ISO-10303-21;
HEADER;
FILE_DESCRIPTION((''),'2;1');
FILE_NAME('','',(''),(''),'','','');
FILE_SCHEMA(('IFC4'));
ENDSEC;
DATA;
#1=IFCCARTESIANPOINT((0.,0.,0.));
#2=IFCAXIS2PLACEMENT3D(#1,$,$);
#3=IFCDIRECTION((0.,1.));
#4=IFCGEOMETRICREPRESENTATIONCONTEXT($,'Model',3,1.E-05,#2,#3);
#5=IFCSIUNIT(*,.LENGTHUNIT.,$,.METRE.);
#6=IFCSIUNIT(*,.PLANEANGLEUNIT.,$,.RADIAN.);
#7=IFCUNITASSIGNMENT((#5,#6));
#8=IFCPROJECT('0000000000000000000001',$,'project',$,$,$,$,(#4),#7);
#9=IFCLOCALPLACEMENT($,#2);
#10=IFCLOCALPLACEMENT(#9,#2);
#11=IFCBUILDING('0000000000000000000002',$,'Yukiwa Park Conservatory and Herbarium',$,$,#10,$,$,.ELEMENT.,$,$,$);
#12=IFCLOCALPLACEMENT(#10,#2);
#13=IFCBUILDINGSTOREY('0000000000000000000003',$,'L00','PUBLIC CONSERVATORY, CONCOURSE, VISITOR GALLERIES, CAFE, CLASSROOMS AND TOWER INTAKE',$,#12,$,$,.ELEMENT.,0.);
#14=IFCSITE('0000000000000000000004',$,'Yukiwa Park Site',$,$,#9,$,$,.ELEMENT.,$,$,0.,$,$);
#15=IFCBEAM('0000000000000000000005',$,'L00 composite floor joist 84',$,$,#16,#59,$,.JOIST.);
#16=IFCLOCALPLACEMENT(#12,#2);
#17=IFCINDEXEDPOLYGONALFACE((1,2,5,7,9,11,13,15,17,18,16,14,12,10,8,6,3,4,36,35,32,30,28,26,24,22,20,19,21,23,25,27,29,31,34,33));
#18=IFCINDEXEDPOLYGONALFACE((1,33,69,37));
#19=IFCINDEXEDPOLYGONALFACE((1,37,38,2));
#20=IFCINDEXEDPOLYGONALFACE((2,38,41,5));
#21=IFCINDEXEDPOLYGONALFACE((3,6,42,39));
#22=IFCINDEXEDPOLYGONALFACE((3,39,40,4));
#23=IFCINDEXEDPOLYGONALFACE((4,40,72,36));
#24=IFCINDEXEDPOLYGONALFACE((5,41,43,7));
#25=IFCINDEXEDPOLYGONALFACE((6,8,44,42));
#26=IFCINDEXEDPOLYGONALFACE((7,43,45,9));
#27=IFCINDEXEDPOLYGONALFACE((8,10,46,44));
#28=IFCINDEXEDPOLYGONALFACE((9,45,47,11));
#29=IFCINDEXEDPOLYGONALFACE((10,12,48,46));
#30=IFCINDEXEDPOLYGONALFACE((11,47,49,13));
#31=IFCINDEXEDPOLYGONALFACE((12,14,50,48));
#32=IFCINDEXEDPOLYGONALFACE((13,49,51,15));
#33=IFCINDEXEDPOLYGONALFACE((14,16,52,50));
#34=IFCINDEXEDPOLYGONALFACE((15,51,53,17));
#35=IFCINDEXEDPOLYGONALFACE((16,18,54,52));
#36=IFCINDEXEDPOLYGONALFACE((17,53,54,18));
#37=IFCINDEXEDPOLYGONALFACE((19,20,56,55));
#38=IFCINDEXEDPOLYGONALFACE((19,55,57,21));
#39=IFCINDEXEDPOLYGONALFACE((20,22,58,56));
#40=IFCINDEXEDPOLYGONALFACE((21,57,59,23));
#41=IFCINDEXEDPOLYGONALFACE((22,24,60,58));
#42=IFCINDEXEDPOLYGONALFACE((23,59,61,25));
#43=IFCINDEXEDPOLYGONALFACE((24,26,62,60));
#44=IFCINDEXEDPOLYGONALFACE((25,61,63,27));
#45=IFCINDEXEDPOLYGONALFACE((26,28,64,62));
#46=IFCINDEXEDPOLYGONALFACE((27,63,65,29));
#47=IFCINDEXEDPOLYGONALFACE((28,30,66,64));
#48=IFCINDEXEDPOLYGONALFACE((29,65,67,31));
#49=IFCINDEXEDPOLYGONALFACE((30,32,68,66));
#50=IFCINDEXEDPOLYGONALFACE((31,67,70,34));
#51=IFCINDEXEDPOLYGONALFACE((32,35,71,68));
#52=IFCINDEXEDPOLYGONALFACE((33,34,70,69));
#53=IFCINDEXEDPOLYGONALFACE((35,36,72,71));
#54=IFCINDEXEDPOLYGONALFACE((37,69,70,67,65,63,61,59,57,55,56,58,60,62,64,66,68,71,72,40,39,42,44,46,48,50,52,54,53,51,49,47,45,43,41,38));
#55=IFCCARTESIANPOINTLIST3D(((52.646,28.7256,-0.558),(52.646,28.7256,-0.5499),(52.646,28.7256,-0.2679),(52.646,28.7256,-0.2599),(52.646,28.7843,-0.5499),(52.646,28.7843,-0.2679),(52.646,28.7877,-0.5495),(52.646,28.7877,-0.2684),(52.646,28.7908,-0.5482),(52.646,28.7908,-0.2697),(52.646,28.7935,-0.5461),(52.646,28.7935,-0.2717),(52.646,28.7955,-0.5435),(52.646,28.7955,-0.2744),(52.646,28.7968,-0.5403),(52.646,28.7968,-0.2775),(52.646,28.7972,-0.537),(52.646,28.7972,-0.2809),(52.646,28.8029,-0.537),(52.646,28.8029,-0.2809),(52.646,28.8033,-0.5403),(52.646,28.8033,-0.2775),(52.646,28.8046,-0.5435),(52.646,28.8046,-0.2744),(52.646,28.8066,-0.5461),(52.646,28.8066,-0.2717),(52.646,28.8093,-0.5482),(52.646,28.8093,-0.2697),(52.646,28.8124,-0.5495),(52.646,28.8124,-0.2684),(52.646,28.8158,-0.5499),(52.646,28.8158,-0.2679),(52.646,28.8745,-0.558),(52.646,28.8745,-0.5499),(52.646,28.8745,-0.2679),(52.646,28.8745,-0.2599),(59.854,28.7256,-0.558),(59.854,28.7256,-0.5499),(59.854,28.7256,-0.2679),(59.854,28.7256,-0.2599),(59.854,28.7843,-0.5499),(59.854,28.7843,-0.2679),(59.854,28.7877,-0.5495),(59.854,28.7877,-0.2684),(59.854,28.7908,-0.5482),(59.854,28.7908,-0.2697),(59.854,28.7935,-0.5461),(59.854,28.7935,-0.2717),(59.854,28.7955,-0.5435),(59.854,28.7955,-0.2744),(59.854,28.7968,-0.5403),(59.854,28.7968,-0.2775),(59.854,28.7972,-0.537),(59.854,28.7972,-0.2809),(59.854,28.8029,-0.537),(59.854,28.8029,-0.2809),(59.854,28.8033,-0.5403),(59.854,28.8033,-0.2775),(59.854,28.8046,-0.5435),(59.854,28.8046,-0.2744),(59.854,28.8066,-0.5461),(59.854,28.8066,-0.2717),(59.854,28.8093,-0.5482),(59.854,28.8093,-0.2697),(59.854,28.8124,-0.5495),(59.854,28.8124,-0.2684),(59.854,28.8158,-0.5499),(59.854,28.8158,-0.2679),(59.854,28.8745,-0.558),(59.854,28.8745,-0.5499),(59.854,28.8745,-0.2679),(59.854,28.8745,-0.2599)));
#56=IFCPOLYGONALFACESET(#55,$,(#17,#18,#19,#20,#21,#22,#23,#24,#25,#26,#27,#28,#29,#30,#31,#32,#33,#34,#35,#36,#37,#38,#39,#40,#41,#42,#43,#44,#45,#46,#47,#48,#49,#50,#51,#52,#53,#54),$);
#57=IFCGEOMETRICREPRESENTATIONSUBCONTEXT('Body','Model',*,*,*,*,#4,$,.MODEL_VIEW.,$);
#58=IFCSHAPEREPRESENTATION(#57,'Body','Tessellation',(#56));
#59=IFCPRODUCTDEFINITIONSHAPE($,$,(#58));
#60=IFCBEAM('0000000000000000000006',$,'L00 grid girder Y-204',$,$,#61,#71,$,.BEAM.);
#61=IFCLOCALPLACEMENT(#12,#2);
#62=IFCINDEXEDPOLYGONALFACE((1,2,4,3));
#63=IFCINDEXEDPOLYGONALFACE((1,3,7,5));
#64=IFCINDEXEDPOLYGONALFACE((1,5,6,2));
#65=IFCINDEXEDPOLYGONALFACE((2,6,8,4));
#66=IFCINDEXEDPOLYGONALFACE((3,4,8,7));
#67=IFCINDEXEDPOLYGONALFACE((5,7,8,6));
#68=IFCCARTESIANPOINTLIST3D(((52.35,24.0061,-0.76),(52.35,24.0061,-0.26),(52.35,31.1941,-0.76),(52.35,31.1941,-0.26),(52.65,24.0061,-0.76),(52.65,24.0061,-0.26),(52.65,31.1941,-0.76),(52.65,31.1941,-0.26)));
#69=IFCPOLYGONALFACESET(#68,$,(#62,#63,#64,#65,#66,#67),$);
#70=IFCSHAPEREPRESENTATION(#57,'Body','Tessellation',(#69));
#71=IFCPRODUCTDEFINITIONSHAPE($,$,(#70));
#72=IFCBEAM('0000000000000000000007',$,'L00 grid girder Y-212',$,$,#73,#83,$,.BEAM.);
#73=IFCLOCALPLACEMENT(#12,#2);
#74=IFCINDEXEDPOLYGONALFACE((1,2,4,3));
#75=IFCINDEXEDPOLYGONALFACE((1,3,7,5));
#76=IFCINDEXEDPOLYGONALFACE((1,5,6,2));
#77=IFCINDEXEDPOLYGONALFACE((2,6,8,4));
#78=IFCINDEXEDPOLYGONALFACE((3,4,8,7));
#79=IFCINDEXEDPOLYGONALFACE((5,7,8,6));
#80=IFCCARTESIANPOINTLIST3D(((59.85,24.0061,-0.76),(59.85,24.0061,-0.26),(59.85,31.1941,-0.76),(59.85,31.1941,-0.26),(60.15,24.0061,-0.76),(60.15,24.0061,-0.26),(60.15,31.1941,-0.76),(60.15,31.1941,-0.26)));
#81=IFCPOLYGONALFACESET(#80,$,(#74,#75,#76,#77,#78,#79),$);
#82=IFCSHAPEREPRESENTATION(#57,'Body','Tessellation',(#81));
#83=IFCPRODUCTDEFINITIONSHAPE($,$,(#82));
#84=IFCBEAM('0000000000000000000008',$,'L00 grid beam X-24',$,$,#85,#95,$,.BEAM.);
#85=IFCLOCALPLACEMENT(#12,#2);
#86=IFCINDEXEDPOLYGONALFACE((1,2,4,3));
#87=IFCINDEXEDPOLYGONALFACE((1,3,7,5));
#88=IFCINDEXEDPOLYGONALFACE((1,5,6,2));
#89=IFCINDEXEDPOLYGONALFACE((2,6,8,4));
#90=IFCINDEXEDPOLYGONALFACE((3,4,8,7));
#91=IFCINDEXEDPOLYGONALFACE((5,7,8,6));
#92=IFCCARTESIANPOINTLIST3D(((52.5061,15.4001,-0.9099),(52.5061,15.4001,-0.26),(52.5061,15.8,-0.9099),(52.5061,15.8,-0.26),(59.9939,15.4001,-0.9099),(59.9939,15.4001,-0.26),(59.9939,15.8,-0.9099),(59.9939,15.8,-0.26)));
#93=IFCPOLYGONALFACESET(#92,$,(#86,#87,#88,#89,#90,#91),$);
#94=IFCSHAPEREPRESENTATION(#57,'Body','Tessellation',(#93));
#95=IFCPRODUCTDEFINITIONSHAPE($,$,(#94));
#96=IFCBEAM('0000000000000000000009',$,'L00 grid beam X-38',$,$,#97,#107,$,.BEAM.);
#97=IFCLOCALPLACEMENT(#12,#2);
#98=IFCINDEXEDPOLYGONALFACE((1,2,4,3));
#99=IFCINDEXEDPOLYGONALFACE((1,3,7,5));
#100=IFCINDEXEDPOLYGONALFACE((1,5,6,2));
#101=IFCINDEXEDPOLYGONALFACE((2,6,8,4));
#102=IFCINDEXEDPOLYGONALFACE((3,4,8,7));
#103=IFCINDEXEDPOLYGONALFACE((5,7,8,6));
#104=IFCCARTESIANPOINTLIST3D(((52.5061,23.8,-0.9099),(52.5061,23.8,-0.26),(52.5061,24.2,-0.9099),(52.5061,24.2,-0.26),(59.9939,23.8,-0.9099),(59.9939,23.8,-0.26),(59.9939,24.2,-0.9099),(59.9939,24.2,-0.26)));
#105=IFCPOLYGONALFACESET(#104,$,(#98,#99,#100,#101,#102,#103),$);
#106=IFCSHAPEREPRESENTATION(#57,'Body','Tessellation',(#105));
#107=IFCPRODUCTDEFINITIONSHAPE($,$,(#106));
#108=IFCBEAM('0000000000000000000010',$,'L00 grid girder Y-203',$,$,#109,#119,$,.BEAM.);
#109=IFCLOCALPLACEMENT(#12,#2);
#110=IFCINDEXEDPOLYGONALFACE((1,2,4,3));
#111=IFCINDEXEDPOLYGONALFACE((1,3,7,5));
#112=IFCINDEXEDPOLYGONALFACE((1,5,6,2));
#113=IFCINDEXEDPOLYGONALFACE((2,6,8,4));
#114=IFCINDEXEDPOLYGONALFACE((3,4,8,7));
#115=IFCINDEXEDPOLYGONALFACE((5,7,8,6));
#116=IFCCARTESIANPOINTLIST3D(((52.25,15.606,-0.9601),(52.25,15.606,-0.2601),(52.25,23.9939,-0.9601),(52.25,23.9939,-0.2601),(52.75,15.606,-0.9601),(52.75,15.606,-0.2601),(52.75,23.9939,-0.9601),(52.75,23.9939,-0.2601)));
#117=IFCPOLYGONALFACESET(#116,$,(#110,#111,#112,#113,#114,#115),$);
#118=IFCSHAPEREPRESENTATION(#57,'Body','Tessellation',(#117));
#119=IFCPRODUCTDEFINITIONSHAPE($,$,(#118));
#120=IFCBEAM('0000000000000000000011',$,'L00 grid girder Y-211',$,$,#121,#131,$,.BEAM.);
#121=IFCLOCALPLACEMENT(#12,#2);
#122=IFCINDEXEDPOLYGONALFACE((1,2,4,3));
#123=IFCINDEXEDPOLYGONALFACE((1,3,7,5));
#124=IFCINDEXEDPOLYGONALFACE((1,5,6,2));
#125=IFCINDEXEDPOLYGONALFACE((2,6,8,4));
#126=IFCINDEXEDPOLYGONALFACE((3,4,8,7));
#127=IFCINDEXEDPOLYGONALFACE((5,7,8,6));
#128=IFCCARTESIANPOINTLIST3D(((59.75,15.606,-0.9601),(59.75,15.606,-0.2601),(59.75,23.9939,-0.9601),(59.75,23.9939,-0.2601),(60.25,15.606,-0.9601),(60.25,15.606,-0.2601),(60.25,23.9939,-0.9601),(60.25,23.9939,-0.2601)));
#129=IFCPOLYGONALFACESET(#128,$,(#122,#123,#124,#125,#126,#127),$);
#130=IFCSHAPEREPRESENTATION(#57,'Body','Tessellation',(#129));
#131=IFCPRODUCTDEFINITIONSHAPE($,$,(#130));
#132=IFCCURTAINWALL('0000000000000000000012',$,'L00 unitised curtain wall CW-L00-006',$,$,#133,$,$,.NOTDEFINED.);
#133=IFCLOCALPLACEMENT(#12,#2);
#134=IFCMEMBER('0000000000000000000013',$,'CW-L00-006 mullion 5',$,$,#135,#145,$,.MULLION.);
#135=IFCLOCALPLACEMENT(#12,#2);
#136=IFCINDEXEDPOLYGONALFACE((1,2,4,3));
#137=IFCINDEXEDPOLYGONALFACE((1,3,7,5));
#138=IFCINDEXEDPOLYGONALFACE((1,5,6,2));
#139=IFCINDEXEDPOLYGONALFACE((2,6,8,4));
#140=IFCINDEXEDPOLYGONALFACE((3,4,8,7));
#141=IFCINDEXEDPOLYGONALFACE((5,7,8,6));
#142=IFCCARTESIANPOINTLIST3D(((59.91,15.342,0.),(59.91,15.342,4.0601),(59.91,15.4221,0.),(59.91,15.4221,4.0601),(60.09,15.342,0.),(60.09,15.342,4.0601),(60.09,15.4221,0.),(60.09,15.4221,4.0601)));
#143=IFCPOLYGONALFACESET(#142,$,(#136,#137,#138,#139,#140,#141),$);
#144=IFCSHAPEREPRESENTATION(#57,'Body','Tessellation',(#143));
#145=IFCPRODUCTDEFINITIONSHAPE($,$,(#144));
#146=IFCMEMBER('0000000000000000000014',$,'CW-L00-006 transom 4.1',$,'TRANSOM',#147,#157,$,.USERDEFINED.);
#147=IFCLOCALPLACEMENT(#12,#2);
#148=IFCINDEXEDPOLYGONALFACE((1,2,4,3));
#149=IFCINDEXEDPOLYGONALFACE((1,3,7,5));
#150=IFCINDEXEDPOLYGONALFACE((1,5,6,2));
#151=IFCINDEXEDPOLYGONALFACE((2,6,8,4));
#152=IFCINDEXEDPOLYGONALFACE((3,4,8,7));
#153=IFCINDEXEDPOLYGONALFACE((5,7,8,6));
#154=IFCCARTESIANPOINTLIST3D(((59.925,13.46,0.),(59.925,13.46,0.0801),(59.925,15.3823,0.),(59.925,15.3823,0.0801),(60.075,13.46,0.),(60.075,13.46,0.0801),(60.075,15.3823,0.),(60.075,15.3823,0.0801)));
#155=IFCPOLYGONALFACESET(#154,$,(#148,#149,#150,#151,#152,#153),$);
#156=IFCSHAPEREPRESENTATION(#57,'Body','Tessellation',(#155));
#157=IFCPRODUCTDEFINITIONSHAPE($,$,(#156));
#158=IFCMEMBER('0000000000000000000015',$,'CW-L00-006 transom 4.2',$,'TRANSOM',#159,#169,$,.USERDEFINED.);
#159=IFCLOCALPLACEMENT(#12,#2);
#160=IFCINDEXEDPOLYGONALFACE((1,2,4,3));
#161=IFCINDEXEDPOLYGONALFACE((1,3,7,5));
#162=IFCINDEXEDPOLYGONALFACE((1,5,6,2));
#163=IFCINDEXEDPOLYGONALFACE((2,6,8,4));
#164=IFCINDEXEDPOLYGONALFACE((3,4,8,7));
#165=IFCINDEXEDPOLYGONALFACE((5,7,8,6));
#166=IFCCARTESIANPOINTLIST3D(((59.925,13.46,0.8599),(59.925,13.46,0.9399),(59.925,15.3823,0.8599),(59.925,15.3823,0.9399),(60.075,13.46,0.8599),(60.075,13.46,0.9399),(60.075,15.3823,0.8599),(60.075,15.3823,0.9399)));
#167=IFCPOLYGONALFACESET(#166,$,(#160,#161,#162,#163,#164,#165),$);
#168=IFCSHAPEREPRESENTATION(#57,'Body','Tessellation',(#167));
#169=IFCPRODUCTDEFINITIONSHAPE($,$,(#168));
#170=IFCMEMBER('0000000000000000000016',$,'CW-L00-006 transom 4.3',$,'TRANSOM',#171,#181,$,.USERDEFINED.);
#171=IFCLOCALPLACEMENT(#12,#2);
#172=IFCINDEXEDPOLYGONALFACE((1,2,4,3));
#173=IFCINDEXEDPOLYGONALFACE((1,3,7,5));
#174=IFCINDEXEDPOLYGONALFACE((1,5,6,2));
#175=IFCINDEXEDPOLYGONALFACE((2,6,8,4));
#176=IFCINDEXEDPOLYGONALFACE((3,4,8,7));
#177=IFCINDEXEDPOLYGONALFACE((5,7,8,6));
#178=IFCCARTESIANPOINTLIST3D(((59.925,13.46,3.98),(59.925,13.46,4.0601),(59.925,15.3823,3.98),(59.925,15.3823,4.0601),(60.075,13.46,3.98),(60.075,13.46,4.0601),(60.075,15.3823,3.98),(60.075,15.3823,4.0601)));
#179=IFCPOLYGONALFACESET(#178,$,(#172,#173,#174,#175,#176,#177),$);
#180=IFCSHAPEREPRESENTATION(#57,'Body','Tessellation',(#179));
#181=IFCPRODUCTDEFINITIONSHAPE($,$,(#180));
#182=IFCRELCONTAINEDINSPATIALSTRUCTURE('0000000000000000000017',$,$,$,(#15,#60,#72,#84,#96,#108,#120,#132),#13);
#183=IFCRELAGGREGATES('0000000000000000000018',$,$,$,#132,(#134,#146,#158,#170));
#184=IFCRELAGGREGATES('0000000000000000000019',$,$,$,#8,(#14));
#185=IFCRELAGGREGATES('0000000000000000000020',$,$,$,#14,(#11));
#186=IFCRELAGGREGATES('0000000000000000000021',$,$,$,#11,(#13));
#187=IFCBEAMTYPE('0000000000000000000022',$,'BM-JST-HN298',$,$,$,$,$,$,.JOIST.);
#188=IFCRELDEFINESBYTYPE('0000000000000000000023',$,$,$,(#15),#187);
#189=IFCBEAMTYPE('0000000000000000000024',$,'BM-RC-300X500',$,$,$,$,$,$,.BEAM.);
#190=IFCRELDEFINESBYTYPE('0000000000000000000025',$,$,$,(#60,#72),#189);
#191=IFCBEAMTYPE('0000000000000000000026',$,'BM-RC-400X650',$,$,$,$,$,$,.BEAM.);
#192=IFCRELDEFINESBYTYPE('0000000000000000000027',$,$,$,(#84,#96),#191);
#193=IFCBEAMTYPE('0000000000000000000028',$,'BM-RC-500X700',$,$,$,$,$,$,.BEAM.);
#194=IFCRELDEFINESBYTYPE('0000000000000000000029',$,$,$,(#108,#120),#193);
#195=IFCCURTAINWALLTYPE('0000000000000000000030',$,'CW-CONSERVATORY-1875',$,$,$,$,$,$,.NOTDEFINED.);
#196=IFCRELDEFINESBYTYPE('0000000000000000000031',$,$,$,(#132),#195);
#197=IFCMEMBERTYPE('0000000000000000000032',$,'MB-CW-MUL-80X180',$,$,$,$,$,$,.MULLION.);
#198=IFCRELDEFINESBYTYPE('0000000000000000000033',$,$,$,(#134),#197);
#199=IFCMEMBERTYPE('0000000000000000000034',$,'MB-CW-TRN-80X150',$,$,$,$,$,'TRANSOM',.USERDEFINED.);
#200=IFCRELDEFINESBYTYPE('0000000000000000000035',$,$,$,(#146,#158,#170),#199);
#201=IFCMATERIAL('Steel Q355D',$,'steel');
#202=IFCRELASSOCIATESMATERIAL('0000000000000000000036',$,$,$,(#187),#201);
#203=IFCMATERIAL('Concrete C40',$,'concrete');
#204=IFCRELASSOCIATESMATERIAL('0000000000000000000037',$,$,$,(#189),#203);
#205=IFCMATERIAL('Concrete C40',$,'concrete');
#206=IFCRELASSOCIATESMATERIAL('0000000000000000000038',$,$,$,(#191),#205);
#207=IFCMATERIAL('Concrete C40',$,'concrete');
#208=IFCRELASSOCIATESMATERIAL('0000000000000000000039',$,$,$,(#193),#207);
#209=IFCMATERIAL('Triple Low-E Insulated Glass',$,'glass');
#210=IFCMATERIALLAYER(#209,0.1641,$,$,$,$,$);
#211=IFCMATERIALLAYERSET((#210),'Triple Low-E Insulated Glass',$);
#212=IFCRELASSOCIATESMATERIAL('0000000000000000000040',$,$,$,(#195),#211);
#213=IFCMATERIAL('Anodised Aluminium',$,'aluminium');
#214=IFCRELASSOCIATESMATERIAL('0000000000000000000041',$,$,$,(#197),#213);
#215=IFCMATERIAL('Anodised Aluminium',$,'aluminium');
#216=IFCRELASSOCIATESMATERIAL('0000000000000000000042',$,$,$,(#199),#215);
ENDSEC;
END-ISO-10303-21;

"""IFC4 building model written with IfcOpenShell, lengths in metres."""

from ifc_helpers import new_model, si_unit, direction, frame, origin, origin_2d, place, context, subcontext, project, spatial, rectangle, i_section, extrude, material, layer, layer_set, material_profile, profile_set, type_object, element, aggregate, save


model = new_model("IFC4")

# Units and contexts
model_context = context("Model", 3, precision=1e-05, world=origin(), true_north=direction((0.0, 1.0)))
body_context = subcontext(model_context, "Body", "Model", "MODEL_VIEW")
ifc_project = project(units=[si_unit("LENGTHUNIT", "METRE"), si_unit("PLANEANGLEUNIT", "RADIAN")], contexts=[model_context])

# Site, building, storey
site_placement = place(None, origin())
site = spatial("IfcSite", under=ifc_project, at=site_placement, Name="Yukiwa Park Site", CompositionType="ELEMENT", RefElevation=0.0)
building_placement = place(site_placement, origin())
building = spatial("IfcBuilding", under=site, at=building_placement, Name="Yukiwa Park Conservatory and Herbarium", CompositionType="ELEMENT")
storey_placement = place(building_placement, origin())
storey = spatial("IfcBuildingStorey", under=building, at=storey_placement, Name="L00", Description="PUBLIC CONSERVATORY, CONCOURSE, VISITOR GALLERIES, CAFE, CLASSROOMS AND TOWER INTAKE", CompositionType="ELEMENT", Elevation=0.0)

# Beams
ifc_material_1 = material(Name="Steel Q355D", Category="steel")
ifc_material_profile_1 = material_profile(ifc_material_1, i_section(OverallWidth=0.1489, OverallDepth=0.2981, WebThickness=0.0056, FlangeThickness=0.0081, FilletRadius=0.0129, at=origin_2d()), Name="HN 298x149x5.5x8")
ifc_profile_set_1 = profile_set([ifc_material_profile_1], Name="Steel Q355D")
beam_type_1 = type_object("IfcBeamType", Name="BM-JST-HN298", PredefinedType="JOIST", material=ifc_profile_set_1)
for number, where, z_axis, x_axis, name in (
    (1, (52.646, 28.8, -0.4089), (1.0, 0.0, 0.0), (0.0, 1.0, 0.0), "L00 composite floor joist 84"),
):
    element("IfcBeam", number, at=place(storey_placement, frame(where, z_axis=z_axis, x_axis=x_axis)), inside=storey, type_object=beam_type_1, Name=name, PredefinedType="JOIST", context=body_context, shape_type="SweptSolid", body=[
        extrude(i_section(OverallWidth=0.1489, OverallDepth=0.2981, WebThickness=0.0056, FlangeThickness=0.0081, FilletRadius=0.0129, at=origin_2d()), origin(), (0.0, 0.0, 1.0), 7.208),
    ])
ifc_material_2 = material(Name="Concrete C40", Category="concrete")
ifc_material_profile_2 = material_profile(ifc_material_2, rectangle(XDim=0.3, YDim=0.5, at=origin_2d()), Name="RC 300x500")
ifc_profile_set_2 = profile_set([ifc_material_profile_2], Name="Concrete C40")
beam_type_2 = type_object("IfcBeamType", Name="BM-RC-300X500", PredefinedType="BEAM", material=ifc_profile_set_2)
for number, where, z_axis, x_axis, name in (
    (2, (52.5, 24.0061, -0.51), (0.0, 1.0, 0.0), (-1.0, 0.0, 0.0), "L00 grid girder Y-204"),
    (3, (60.0, 24.0061, -0.51), (0.0, 1.0, 0.0), (-1.0, 0.0, 0.0), "L00 grid girder Y-212"),
):
    element("IfcBeam", number, at=place(storey_placement, frame(where, z_axis=z_axis, x_axis=x_axis)), inside=storey, type_object=beam_type_2, Name=name, PredefinedType="BEAM", context=body_context, shape_type="SweptSolid", body=[
        extrude(rectangle(XDim=0.3, YDim=0.5, at=origin_2d()), origin(), (0.0, 0.0, 1.0), 7.188),
    ])
ifc_material_3 = material(Name="Concrete C40", Category="concrete")
ifc_material_profile_3 = material_profile(ifc_material_3, rectangle(XDim=0.3999, YDim=0.6499, at=origin_2d()), Name="RC 400x650")
ifc_profile_set_3 = profile_set([ifc_material_profile_3], Name="Concrete C40")
beam_type_3 = type_object("IfcBeamType", Name="BM-RC-400X650", PredefinedType="BEAM", material=ifc_profile_set_3)
for number, where, z_axis, x_axis, name in (
    (4, (52.5061, 15.6001, -0.585), (1.0, 0.0, 0.0), (0.0, 1.0, 0.0), "L00 grid beam X-24"),
    (5, (52.5061, 24.0, -0.585), (1.0, 0.0, 0.0), (0.0, 1.0, 0.0), "L00 grid beam X-38"),
):
    element("IfcBeam", number, at=place(storey_placement, frame(where, z_axis=z_axis, x_axis=x_axis)), inside=storey, type_object=beam_type_3, Name=name, PredefinedType="BEAM", context=body_context, shape_type="SweptSolid", body=[
        extrude(rectangle(XDim=0.3999, YDim=0.6499, at=origin_2d()), origin(), (0.0, 0.0, 1.0), 7.4878),
    ])
ifc_material_4 = material(Name="Concrete C40", Category="concrete")
ifc_material_profile_4 = material_profile(ifc_material_4, rectangle(XDim=0.5, YDim=0.7, at=origin_2d()), Name="RC 500x700")
ifc_profile_set_4 = profile_set([ifc_material_profile_4], Name="Concrete C40")
beam_type_4 = type_object("IfcBeamType", Name="BM-RC-500X700", PredefinedType="BEAM", material=ifc_profile_set_4)
for number, where, z_axis, x_axis, name in (
    (6, (52.5, 15.606, -0.6101), (0.0, 1.0, 0.0), (-1.0, 0.0, 0.0), "L00 grid girder Y-203"),
    (7, (60.0, 15.606, -0.6101), (0.0, 1.0, 0.0), (-1.0, 0.0, 0.0), "L00 grid girder Y-211"),
):
    element("IfcBeam", number, at=place(storey_placement, frame(where, z_axis=z_axis, x_axis=x_axis)), inside=storey, type_object=beam_type_4, Name=name, PredefinedType="BEAM", context=body_context, shape_type="SweptSolid", body=[
        extrude(rectangle(XDim=0.5, YDim=0.7, at=origin_2d()), origin(), (0.0, 0.0, 1.0), 8.3879),
    ])

# Curtain wall, members
ifc_material_5 = material(Name="Triple Low-E Insulated Glass", Category="glass")
ifc_layer_1 = layer(ifc_material_5, 0.1641)
ifc_layer_set_1 = layer_set([ifc_layer_1], Name="Triple Low-E Insulated Glass")
curtain_wall_type = type_object("IfcCurtainWallType", Name="CW-CONSERVATORY-1875", PredefinedType="NOTDEFINED", material=ifc_layer_set_1)
curtain_wall_placement = place(storey_placement, origin())
curtain_wall = element("IfcCurtainWall", 8, at=curtain_wall_placement, inside=storey, type_object=curtain_wall_type, Name="L00 unitised curtain wall CW-L00-006", PredefinedType="NOTDEFINED")
ifc_material_6 = material(Name="Anodised Aluminium", Category="aluminium")
member_type_1 = type_object("IfcMemberType", Name="MB-CW-MUL-80X180", PredefinedType="MULLION", material=ifc_material_6)
member_1_placement = place(storey_placement, frame((60.0, 15.3821, 0.0), z_axis=(0.0, 0.0, 1.0), x_axis=(0.0, 1.0, 0.0)))
member_1 = element("IfcMember", 9, at=member_1_placement, type_object=member_type_1, Name="CW-L00-006 mullion 5", PredefinedType="MULLION", context=body_context, shape_type="SweptSolid", body=[
    extrude(rectangle(XDim=0.0801, YDim=0.1799, at=origin_2d()), origin(), (0.0, 0.0, 1.0), 4.0601),
])
ifc_material_7 = material(Name="Anodised Aluminium", Category="aluminium")
member_type_2 = type_object("IfcMemberType", Name="MB-CW-TRN-80X150", ElementType="TRANSOM", PredefinedType="USERDEFINED", material=ifc_material_7)
member_2_placement = place(storey_placement, frame((60.0, 14.4211, 0.0), z_axis=(0.0, 0.0, 1.0), x_axis=(0.0, 1.0, 0.0)))
member_2 = element("IfcMember", 10, at=member_2_placement, type_object=member_type_2, Name="CW-L00-006 transom 4.1", ObjectType="TRANSOM", PredefinedType="USERDEFINED", context=body_context, shape_type="SweptSolid", body=[
    extrude(rectangle(XDim=1.9224, YDim=0.1499, at=origin_2d()), origin(), (0.0, 0.0, 1.0), 0.0801),
])
member_3_placement = place(storey_placement, frame((60.0, 14.4211, 0.8599), z_axis=(0.0, 0.0, 1.0), x_axis=(0.0, 1.0, 0.0)))
member_3 = element("IfcMember", 11, at=member_3_placement, type_object=member_type_2, Name="CW-L00-006 transom 4.2", ObjectType="TRANSOM", PredefinedType="USERDEFINED", context=body_context, shape_type="SweptSolid", body=[
    extrude(rectangle(XDim=1.9224, YDim=0.1499, at=origin_2d()), origin(), (0.0, 0.0, 1.0), 0.0801),
])
member_4_placement = place(storey_placement, frame((60.0, 14.4211, 3.98), z_axis=(0.0, 0.0, 1.0), x_axis=(0.0, 1.0, 0.0)))
member_4 = element("IfcMember", 12, at=member_4_placement, type_object=member_type_2, Name="CW-L00-006 transom 4.3", ObjectType="TRANSOM", PredefinedType="USERDEFINED", context=body_context, shape_type="SweptSolid", body=[
    extrude(rectangle(XDim=1.9224, YDim=0.1499, at=origin_2d()), origin(), (0.0, 0.0, 1.0), 0.0801),
])

aggregate(curtain_wall, [member_1, member_2, member_3, member_4])

save(model, "model.ifc")
